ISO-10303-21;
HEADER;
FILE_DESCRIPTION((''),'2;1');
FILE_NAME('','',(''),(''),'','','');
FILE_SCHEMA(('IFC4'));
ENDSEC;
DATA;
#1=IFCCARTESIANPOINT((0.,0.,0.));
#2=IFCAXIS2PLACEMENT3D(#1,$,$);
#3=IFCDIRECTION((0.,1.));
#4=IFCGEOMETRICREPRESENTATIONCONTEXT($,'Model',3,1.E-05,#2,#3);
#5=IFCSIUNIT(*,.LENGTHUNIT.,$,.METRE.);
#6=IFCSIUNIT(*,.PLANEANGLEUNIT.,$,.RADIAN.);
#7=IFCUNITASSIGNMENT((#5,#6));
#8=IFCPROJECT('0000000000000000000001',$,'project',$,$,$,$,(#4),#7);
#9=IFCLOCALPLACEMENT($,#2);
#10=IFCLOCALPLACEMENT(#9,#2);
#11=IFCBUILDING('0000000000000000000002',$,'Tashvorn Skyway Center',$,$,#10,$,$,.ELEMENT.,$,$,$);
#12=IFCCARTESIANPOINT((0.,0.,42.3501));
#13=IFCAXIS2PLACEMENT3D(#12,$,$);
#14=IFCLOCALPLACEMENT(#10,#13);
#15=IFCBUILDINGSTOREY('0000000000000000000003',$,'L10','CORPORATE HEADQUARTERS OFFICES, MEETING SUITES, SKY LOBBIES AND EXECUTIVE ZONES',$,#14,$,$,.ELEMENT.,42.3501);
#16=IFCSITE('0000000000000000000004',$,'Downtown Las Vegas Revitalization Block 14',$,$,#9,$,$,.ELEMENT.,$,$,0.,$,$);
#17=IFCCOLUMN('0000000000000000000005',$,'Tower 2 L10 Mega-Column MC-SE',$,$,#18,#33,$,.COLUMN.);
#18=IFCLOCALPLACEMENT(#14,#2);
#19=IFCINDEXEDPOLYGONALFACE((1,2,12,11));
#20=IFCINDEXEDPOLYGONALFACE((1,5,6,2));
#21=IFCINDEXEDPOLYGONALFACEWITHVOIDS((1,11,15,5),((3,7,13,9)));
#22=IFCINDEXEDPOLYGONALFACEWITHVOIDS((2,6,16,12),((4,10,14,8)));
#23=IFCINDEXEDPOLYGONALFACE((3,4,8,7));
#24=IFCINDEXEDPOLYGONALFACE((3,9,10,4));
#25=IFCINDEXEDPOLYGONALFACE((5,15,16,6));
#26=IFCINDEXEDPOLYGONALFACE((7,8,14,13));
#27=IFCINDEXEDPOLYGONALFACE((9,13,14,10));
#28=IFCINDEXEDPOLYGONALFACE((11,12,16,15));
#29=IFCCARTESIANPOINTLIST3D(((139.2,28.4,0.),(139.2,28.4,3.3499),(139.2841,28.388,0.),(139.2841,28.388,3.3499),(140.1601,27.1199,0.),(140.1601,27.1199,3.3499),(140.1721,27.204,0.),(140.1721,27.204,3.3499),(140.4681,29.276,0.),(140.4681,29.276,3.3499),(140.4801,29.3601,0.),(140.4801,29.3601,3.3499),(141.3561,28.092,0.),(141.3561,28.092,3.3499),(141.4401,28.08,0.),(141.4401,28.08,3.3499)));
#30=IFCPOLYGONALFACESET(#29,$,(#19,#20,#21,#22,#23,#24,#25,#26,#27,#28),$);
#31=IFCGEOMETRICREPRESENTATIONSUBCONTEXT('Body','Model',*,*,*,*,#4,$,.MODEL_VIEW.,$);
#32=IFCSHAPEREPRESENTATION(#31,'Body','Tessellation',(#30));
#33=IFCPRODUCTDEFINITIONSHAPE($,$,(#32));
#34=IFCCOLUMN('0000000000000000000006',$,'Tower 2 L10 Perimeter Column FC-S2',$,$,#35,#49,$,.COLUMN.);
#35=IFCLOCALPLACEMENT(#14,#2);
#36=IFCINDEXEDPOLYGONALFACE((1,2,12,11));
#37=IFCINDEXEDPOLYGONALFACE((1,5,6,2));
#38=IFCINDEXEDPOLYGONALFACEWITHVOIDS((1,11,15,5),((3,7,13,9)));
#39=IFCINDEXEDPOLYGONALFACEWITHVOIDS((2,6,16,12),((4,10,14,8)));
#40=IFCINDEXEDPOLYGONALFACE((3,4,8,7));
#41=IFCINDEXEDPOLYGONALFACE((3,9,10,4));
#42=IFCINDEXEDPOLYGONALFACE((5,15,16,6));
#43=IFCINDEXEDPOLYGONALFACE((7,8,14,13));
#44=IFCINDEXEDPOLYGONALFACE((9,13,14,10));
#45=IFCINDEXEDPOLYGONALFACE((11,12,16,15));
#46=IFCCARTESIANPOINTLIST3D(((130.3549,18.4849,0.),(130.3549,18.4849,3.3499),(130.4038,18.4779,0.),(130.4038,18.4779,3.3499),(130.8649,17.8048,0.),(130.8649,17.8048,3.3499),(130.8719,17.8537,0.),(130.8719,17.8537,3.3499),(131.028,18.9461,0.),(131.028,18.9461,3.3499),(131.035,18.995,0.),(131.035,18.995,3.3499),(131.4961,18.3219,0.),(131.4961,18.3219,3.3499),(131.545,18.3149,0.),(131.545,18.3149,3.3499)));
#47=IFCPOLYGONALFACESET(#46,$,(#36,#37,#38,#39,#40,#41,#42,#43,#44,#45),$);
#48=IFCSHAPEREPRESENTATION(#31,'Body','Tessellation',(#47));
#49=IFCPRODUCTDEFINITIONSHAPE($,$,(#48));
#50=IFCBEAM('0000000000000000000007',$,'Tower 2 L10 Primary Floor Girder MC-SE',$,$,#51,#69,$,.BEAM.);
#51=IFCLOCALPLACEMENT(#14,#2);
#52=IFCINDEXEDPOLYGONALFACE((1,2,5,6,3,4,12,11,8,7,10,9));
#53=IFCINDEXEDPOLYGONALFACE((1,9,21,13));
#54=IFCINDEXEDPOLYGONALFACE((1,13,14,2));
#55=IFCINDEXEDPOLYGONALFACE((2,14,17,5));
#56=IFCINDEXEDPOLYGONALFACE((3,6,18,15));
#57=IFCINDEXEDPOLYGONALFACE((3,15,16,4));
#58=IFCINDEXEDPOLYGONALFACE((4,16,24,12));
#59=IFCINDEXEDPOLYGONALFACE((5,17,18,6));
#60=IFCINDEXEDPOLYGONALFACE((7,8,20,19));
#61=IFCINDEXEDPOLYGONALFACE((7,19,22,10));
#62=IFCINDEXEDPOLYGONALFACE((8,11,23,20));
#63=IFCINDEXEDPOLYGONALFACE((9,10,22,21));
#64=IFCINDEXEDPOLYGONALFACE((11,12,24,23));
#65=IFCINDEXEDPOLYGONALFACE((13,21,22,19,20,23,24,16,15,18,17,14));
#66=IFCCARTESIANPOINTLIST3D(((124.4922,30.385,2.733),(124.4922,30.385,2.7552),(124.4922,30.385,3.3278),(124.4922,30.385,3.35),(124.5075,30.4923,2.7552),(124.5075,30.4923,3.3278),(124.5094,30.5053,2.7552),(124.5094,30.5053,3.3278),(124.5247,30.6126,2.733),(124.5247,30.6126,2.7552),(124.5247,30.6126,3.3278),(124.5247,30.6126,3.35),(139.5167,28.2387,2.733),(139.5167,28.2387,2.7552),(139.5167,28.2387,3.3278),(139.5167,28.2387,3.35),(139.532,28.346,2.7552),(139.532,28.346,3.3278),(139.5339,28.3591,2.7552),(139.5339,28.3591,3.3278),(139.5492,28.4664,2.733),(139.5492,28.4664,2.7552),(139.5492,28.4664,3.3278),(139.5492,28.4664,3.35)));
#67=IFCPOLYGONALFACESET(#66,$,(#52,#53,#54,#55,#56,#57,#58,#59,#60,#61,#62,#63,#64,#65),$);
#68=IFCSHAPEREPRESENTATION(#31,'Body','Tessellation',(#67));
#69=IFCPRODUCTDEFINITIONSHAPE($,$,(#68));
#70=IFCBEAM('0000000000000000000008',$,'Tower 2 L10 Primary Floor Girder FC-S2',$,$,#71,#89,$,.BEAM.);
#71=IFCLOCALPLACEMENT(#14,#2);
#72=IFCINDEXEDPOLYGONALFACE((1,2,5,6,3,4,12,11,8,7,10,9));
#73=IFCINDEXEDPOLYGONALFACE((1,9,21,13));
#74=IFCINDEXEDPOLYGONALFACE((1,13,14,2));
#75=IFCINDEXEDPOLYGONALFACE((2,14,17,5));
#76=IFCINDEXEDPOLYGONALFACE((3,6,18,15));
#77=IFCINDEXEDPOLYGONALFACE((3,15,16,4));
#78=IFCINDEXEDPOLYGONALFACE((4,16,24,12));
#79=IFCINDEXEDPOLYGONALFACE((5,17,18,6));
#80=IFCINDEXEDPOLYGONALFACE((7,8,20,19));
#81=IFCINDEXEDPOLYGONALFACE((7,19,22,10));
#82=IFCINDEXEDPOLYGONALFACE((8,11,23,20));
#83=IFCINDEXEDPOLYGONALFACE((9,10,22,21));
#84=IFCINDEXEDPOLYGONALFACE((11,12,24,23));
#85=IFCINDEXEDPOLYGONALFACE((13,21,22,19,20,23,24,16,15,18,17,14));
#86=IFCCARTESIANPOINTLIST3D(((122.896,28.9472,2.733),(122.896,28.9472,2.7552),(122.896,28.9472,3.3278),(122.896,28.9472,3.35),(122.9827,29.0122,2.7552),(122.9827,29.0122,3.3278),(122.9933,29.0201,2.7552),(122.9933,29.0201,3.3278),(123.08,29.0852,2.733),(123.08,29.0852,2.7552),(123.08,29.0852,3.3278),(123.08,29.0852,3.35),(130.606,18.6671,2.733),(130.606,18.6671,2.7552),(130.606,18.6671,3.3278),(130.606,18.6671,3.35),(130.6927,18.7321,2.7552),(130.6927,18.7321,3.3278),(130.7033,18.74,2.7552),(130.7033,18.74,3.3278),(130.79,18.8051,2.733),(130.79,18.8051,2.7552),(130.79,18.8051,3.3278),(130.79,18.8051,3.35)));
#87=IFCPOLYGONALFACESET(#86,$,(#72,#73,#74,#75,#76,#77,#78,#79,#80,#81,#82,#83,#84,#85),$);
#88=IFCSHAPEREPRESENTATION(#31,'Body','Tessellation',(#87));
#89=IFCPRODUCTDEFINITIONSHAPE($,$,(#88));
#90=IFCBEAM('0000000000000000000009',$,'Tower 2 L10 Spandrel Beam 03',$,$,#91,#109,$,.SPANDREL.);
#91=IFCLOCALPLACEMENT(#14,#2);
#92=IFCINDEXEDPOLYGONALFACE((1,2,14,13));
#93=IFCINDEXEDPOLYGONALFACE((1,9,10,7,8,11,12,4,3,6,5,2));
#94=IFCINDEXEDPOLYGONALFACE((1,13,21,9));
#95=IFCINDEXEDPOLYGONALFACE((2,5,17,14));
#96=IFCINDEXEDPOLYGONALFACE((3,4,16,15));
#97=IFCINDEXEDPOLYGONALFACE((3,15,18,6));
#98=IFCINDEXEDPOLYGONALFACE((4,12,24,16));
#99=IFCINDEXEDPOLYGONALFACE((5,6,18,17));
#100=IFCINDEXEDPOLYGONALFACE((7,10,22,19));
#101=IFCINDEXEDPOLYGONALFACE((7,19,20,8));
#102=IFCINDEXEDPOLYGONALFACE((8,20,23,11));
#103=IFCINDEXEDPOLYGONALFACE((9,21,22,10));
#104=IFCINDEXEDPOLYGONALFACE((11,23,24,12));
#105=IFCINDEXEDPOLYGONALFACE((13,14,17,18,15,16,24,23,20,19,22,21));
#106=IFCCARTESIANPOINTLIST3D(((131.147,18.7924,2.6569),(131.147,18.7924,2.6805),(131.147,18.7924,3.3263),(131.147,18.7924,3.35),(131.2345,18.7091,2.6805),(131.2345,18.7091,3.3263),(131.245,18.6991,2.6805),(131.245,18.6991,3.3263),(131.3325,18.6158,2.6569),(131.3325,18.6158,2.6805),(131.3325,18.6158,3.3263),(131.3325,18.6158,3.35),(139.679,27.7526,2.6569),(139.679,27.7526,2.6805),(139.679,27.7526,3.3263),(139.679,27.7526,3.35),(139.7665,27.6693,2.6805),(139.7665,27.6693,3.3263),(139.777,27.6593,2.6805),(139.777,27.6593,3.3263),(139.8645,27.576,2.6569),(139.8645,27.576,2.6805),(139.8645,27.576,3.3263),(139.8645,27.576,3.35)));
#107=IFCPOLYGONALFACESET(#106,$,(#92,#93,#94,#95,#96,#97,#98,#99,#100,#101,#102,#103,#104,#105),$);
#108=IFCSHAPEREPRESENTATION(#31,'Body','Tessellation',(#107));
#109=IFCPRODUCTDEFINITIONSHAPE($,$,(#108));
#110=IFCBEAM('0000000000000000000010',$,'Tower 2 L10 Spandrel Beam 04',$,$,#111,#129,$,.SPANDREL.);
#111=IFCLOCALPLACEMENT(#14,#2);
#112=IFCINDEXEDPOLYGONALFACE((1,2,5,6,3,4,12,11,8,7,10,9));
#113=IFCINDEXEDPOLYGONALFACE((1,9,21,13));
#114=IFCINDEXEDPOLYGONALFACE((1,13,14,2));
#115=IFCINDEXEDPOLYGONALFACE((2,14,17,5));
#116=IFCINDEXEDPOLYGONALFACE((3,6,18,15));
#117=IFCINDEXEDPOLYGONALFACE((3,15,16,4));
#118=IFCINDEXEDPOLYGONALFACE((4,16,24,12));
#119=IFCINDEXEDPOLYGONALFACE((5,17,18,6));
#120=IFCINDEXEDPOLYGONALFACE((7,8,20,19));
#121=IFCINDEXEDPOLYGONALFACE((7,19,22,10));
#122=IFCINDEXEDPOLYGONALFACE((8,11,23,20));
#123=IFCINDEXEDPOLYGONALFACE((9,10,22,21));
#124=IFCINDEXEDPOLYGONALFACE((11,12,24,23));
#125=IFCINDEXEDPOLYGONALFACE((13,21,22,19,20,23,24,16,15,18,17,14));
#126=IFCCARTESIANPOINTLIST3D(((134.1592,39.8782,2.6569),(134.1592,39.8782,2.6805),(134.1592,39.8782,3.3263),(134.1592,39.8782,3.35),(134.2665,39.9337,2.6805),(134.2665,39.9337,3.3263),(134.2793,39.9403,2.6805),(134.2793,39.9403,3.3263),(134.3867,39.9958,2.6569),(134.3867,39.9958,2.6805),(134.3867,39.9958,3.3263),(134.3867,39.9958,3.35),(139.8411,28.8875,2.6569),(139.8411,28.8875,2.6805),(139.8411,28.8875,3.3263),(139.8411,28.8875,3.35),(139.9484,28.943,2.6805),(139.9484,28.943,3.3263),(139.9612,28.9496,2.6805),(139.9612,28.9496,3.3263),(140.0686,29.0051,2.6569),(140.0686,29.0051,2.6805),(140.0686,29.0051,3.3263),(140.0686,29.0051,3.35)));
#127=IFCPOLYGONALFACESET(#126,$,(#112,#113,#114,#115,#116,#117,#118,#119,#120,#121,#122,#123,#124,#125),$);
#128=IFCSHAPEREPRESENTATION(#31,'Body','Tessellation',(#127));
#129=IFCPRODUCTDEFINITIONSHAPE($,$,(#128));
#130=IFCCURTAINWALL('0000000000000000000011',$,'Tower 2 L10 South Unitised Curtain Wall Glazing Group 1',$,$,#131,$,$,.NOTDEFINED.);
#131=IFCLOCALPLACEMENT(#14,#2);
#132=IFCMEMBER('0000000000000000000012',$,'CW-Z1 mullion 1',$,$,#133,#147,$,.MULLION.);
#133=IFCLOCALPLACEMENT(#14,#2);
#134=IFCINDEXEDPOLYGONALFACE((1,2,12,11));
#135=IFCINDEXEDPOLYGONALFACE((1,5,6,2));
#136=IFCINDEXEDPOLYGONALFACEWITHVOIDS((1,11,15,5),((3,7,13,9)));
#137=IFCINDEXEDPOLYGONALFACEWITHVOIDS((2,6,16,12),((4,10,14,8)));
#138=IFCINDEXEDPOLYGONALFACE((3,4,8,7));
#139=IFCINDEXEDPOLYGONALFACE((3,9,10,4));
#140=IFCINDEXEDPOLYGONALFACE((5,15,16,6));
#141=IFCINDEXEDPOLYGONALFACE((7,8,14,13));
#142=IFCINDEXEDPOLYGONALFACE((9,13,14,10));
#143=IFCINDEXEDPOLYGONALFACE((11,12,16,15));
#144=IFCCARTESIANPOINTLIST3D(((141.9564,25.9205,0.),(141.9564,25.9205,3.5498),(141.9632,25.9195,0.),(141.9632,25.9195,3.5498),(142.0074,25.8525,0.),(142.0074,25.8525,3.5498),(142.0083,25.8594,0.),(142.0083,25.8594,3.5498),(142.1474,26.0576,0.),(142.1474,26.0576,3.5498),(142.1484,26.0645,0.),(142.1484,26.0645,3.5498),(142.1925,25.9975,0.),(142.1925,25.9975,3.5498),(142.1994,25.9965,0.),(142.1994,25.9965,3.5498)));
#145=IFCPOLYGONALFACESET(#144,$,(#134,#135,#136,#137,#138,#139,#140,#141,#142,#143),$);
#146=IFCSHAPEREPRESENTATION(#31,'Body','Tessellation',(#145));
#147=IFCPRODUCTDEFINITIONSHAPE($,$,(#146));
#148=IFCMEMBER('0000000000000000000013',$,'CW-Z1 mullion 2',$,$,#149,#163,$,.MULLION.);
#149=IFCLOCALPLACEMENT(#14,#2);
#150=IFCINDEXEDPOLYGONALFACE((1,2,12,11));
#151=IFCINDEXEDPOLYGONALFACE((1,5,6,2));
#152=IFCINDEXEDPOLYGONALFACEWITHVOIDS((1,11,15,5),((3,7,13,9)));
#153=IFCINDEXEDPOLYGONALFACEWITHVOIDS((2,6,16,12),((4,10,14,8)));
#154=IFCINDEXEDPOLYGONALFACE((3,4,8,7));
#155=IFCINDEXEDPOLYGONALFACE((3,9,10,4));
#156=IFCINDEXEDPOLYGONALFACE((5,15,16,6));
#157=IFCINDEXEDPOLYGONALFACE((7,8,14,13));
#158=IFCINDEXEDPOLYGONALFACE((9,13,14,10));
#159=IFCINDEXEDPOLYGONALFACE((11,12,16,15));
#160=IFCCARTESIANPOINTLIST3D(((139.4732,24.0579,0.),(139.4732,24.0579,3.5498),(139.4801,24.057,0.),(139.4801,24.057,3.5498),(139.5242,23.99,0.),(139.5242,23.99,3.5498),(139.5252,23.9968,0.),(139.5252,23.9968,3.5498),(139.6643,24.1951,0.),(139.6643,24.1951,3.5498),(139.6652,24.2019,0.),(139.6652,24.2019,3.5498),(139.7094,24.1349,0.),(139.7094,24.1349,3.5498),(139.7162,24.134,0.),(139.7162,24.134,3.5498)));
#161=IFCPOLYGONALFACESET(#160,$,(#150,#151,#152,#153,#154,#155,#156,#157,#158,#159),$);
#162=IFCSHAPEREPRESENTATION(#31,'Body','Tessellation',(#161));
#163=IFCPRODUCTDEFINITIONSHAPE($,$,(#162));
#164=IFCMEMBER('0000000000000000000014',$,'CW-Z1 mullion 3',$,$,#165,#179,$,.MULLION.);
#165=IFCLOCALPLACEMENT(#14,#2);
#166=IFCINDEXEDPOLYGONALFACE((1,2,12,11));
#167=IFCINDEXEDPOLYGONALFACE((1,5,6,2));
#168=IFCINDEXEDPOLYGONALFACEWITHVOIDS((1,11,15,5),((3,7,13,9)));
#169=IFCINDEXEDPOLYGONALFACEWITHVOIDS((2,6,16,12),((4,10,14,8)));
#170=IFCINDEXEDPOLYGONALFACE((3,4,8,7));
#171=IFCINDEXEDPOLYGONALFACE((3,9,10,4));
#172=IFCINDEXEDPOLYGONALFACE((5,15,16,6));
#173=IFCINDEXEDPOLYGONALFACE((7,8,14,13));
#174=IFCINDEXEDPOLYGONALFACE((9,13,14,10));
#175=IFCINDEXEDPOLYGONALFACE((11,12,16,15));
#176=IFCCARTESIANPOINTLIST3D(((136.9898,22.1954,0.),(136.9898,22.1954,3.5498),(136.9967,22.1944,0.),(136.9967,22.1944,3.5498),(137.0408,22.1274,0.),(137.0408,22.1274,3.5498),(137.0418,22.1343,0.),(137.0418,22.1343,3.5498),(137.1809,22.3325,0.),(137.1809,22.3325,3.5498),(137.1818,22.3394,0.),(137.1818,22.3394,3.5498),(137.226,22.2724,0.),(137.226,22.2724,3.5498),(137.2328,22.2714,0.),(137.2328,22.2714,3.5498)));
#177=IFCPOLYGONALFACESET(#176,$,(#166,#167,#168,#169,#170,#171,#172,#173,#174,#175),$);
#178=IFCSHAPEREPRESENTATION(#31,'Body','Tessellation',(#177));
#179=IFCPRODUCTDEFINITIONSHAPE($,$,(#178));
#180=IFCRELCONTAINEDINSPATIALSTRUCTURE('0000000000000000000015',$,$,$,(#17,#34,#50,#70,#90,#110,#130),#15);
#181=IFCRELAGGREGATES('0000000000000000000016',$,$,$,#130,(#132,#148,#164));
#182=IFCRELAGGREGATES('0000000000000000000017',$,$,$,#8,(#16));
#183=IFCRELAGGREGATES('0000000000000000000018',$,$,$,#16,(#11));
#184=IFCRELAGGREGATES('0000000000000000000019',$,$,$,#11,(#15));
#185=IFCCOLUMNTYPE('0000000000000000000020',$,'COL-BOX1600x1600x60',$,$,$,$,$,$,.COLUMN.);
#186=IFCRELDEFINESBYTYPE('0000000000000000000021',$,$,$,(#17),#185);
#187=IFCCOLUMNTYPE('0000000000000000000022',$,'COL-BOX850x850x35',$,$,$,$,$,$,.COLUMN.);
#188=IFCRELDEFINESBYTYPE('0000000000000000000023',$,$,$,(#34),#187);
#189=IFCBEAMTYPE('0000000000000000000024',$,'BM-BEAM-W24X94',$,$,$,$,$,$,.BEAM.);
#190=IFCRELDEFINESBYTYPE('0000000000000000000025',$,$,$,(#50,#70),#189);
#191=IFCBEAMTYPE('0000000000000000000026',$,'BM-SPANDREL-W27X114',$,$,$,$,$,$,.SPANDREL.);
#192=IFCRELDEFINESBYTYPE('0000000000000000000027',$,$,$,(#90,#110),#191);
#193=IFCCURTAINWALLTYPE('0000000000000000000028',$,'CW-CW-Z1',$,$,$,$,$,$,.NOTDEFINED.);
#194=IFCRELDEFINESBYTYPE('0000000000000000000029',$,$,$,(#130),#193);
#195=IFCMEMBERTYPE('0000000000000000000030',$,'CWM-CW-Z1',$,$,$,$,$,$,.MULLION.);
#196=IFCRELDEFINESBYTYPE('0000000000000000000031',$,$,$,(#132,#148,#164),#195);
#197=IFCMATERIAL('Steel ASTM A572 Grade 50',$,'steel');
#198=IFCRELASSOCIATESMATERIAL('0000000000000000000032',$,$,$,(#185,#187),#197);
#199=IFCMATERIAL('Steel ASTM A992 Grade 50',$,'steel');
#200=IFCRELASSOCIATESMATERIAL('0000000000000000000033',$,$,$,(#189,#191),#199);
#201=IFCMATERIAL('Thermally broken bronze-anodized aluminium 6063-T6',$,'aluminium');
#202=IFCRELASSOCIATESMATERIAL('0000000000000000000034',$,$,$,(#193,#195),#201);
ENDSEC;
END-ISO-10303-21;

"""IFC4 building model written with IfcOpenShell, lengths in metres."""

from ifc_helpers import new_model, si_unit, direction, frame, origin, origin_2d, place, context, subcontext, project, spatial, hollow_rectangle, i_section, extrude, material, material_profile, profile_set, type_object, element, aggregate, save


model = new_model("IFC4")

# Units and contexts
model_context = context("Model", 3, precision=1e-05, world=origin(), true_north=direction((0.0, 1.0)))
body_context = subcontext(model_context, "Body", "Model", "MODEL_VIEW")
ifc_project = project(units=[si_unit("LENGTHUNIT", "METRE"), si_unit("PLANEANGLEUNIT", "RADIAN")], contexts=[model_context])

# Site, building, storey
site_placement = place(None, origin())
site = spatial("IfcSite", under=ifc_project, at=site_placement, Name="Downtown Las Vegas Revitalization Block 14", CompositionType="ELEMENT", RefElevation=0.0)
building_placement = place(site_placement, origin())
building = spatial("IfcBuilding", under=site, at=building_placement, Name="Tashvorn Skyway Center", CompositionType="ELEMENT")
storey_placement = place(building_placement, frame((0.0, 0.0, 42.3501)))
storey = spatial("IfcBuildingStorey", under=building, at=storey_placement, Name="L10", Description="CORPORATE HEADQUARTERS OFFICES, MEETING SUITES, SKY LOBBIES AND EXECUTIVE ZONES", CompositionType="ELEMENT", Elevation=42.3501)

# Columns
ifc_material_1 = material(Name="Steel ASTM A572 Grade 50", Category="steel")
ifc_material_profile_1 = material_profile(ifc_material_1, hollow_rectangle(XDim=1.6001, YDim=1.6001, WallThickness=0.0601, at=origin_2d()), Name="BOX1600x1600x60")
ifc_profile_set_1 = profile_set([ifc_material_profile_1], Name="Steel ASTM A572 Grade 50")
column_type_1 = type_object("IfcColumnType", Name="COL-BOX1600x1600x60", PredefinedType="COLUMN", material=ifc_profile_set_1)
column_1_placement = place(storey_placement, frame((140.3201, 28.24, 0.0), z_axis=(0.0, 0.0, 1.0), x_axis=(0.8, 0.6, 0.0)))
element("IfcColumn", 1, at=column_1_placement, inside=storey, type_object=column_type_1, Name="Tower 2 L10 Mega-Column MC-SE", PredefinedType="COLUMN", context=body_context, shape_type="SweptSolid", body=[
    extrude(hollow_rectangle(XDim=1.6001, YDim=1.6001, WallThickness=0.0601, at=origin_2d()), origin(), (0.0, 0.0, 1.0), 3.3499),
])
ifc_material_profile_2 = material_profile(ifc_material_1, hollow_rectangle(XDim=0.8501, YDim=0.8501, WallThickness=0.0349, at=origin_2d()), Name="BOX850x850x35")
ifc_profile_set_2 = profile_set([ifc_material_profile_2], Name="Steel ASTM A572 Grade 50")
column_type_2 = type_object("IfcColumnType", Name="COL-BOX850x850x35", PredefinedType="COLUMN", material=ifc_profile_set_2)
column_2_placement = place(storey_placement, frame((130.95, 18.3999, 0.0), z_axis=(0.0, 0.0, 1.0), x_axis=(0.8, 0.6, 0.0)))
element("IfcColumn", 2, at=column_2_placement, inside=storey, type_object=column_type_2, Name="Tower 2 L10 Perimeter Column FC-S2", PredefinedType="COLUMN", context=body_context, shape_type="SweptSolid", body=[
    extrude(hollow_rectangle(XDim=0.8501, YDim=0.8501, WallThickness=0.0349, at=origin_2d()), origin(), (0.0, 0.0, 1.0), 3.3499),
])

# Beams
ifc_material_2 = material(Name="Steel ASTM A992 Grade 50", Category="steel")
ifc_material_profile_3 = material_profile(ifc_material_2, i_section(OverallWidth=0.23, OverallDepth=0.6169, WebThickness=0.0132, FlangeThickness=0.0222, at=origin_2d()), Name="W24X94")
ifc_profile_set_3 = profile_set([ifc_material_profile_3], Name="Steel ASTM A992 Grade 50")
beam_type_1 = type_object("IfcBeamType", Name="BM-BEAM-W24X94", PredefinedType="BEAM", material=ifc_profile_set_3)
beam_1_placement = place(storey_placement, frame((139.533, 28.3525, 3.0415), z_axis=(-0.98995, 0.141415, 0.0), x_axis=(-0.141415, -0.98995, 0.0)))
element("IfcBeam", 3, at=beam_1_placement, inside=storey, type_object=beam_type_1, Name="Tower 2 L10 Primary Floor Girder MC-SE", PredefinedType="BEAM", context=body_context, shape_type="SweptSolid", body=[
    extrude(i_section(OverallWidth=0.23, OverallDepth=0.6169, WebThickness=0.0132, FlangeThickness=0.0222, at=origin_2d()), origin(), (0.0, 0.0, 1.0), 15.177),
])
beam_2_placement = place(storey_placement, frame((130.698, 18.7361, 3.0415), z_axis=(-0.599997, 0.800002, 0.0), x_axis=(-0.800002, -0.599997, 0.0)))
element("IfcBeam", 4, at=beam_2_placement, inside=storey, type_object=beam_type_1, Name="Tower 2 L10 Primary Floor Girder FC-S2", PredefinedType="BEAM", context=body_context, shape_type="SweptSolid", body=[
    extrude(i_section(OverallWidth=0.23, OverallDepth=0.6169, WebThickness=0.0132, FlangeThickness=0.0222, at=origin_2d()), origin(), (0.0, 0.0, 1.0), 12.8501),
])
ifc_material_profile_4 = material_profile(ifc_material_2, i_section(OverallWidth=0.2561, OverallDepth=0.6931, WebThickness=0.0144, FlangeThickness=0.0237, at=origin_2d()), Name="W27X114")
ifc_profile_set_4 = profile_set([ifc_material_profile_4], Name="Steel ASTM A992 Grade 50")
beam_type_2 = type_object("IfcBeamType", Name="BM-SPANDREL-W27X114", PredefinedType="SPANDREL", material=ifc_profile_set_4)
for number, where, z_axis, x_axis, name in (
    (5, (131.2397, 18.7041, 3.0034), (0.68959, 0.7242, 0.0), (-0.7242, 0.68959, 0.0), "Tower 2 L10 Spandrel Beam 03"),
    (6, (139.9548, 28.9463, 3.0034), (-0.459233, 0.888316, 0.0), (-0.888316, -0.459233, 0.0), "Tower 2 L10 Spandrel Beam 04"),
):
    element("IfcBeam", number, at=place(storey_placement, frame(where, z_axis=z_axis, x_axis=x_axis)), inside=storey, type_object=beam_type_2, Name=name, PredefinedType="SPANDREL", context=body_context, shape_type="SweptSolid", body=[
        extrude(i_section(OverallWidth=0.2561, OverallDepth=0.6931, WebThickness=0.0144, FlangeThickness=0.0237, at=origin_2d()), origin(), (0.0, 0.0, 1.0), 12.3726),
    ])

# Curtain wall, members
ifc_material_3 = material(Name="Thermally broken bronze-anodized aluminium 6063-T6", Category="aluminium")
curtain_wall_type = type_object("IfcCurtainWallType", Name="CW-CW-Z1", PredefinedType="NOTDEFINED", material=ifc_material_3)
curtain_wall_1_placement = place(storey_placement, origin())
curtain_wall_1 = element("IfcCurtainWall", 7, at=curtain_wall_1_placement, inside=storey, type_object=curtain_wall_type, Name="Tower 2 L10 South Unitised Curtain Wall Glazing Group 1", PredefinedType="NOTDEFINED")
ifc_material_profile_5 = material_profile(ifc_material_3, hollow_rectangle(XDim=0.085, YDim=0.24, WallThickness=0.0049, at=origin_2d()), Name="ALU-MULL-85x240")
ifc_profile_set_5 = profile_set([ifc_material_profile_5], Name="Thermally broken bronze-anodized aluminium 6063-T6")
member_type_1 = type_object("IfcMemberType", Name="CWM-CW-Z1", PredefinedType="MULLION", material=ifc_profile_set_5)
member_1_placement = place(storey_placement, frame((142.0779, 25.9585, 0.0), z_axis=(0.0, 0.0, 1.0), x_axis=(0.599997, -0.800002, 0.0)))
member_1 = element("IfcMember", 8, at=member_1_placement, type_object=member_type_1, Name="CW-Z1 mullion 1", PredefinedType="MULLION", context=body_context, shape_type="SweptSolid", body=[
    extrude(hollow_rectangle(XDim=0.085, YDim=0.24, WallThickness=0.0049, at=origin_2d()), origin(), (0.0, 0.0, 1.0), 3.5498),
])
member_2_placement = place(storey_placement, frame((139.5947, 24.0959, 0.0), z_axis=(0.0, 0.0, 1.0), x_axis=(0.599997, -0.800002, 0.0)))
member_2 = element("IfcMember", 9, at=member_2_placement, type_object=member_type_1, Name="CW-Z1 mullion 2", PredefinedType="MULLION", context=body_context, shape_type="SweptSolid", body=[
    extrude(hollow_rectangle(XDim=0.085, YDim=0.24, WallThickness=0.0049, at=origin_2d()), origin(), (0.0, 0.0, 1.0), 3.5498),
])
member_3_placement = place(storey_placement, frame((137.1113, 22.2334, 0.0), z_axis=(0.0, 0.0, 1.0), x_axis=(0.599997, -0.800002, 0.0)))
member_3 = element("IfcMember", 10, at=member_3_placement, type_object=member_type_1, Name="CW-Z1 mullion 3", PredefinedType="MULLION", context=body_context, shape_type="SweptSolid", body=[
    extrude(hollow_rectangle(XDim=0.085, YDim=0.24, WallThickness=0.0049, at=origin_2d()), origin(), (0.0, 0.0, 1.0), 3.5498),
])

aggregate(curtain_wall_1, [member_1, member_2, member_3])

save(model, "model.ifc")
